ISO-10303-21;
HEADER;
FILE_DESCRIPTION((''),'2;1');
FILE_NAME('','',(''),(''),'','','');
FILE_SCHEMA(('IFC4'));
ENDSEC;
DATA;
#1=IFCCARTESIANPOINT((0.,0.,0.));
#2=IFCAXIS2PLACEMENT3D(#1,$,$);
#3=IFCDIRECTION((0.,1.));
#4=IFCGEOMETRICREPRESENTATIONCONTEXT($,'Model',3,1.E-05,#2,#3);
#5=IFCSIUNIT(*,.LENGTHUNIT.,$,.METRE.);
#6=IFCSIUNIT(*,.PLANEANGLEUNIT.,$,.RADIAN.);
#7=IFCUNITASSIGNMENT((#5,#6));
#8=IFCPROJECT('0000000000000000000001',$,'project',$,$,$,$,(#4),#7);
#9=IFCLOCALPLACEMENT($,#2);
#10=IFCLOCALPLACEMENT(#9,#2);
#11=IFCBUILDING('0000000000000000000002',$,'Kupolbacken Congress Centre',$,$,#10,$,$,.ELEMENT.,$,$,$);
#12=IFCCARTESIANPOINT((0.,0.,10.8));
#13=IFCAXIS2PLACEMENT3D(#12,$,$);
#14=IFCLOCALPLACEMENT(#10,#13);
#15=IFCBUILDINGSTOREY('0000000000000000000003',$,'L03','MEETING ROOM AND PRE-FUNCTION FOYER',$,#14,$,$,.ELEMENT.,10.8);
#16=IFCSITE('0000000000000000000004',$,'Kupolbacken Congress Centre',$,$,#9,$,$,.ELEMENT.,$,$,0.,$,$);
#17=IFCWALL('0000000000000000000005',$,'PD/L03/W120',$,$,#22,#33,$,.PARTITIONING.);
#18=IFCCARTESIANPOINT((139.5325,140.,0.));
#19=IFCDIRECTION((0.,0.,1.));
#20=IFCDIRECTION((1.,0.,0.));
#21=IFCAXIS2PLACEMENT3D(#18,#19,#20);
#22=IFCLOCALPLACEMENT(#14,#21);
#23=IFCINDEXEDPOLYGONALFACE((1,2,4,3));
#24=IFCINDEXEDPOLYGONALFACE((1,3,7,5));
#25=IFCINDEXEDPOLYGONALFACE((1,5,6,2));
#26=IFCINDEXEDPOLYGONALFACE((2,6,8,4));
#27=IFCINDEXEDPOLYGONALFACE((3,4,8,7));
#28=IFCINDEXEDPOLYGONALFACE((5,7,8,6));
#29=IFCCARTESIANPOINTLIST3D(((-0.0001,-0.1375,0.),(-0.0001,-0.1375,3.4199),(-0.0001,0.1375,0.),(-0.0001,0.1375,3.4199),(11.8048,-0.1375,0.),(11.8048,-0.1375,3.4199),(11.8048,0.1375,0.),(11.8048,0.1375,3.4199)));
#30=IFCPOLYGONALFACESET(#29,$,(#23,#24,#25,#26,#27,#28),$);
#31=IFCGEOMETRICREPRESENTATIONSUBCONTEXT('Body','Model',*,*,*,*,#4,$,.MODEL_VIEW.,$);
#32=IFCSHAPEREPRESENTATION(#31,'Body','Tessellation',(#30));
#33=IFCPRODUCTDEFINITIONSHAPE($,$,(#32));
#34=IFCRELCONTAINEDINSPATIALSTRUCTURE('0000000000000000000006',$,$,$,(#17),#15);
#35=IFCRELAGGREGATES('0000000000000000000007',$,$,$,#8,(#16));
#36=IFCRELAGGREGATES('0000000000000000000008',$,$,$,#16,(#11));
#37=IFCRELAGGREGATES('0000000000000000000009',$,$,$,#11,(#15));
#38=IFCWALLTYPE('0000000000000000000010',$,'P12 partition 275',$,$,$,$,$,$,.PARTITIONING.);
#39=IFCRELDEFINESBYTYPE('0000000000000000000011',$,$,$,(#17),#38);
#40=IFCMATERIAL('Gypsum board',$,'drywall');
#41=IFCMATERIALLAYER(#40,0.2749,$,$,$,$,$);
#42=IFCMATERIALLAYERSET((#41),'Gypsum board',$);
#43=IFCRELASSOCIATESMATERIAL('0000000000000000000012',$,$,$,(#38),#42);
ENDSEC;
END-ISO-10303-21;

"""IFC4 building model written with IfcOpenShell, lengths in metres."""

from ifc_helpers import new_model, si_unit, direction, frame, frame_2d, origin, place, context, subcontext, project, spatial, rectangle, extrude, material, layer, layer_set, type_object, element, save


model = new_model("IFC4")

# Units and contexts
model_context = context("Model", 3, precision=1e-05, world=origin(), true_north=direction((0.0, 1.0)))
body_context = subcontext(model_context, "Body", "Model", "MODEL_VIEW")
ifc_project = project(units=[si_unit("LENGTHUNIT", "METRE"), si_unit("PLANEANGLEUNIT", "RADIAN")], contexts=[model_context])

# Site, building, storey
site_placement = place(None, origin())
site = spatial("IfcSite", under=ifc_project, at=site_placement, Name="Kupolbacken Congress Centre", CompositionType="ELEMENT", RefElevation=0.0)
building_placement = place(site_placement, origin())
building = spatial("IfcBuilding", under=site, at=building_placement, Name="Kupolbacken Congress Centre", CompositionType="ELEMENT")
storey_placement = place(building_placement, frame((0.0, 0.0, 10.8)))
storey = spatial("IfcBuildingStorey", under=building, at=storey_placement, Name="L03", Description="MEETING ROOM AND PRE-FUNCTION FOYER", CompositionType="ELEMENT", Elevation=10.8)

# Wall
ifc_material_1 = material(Name="Gypsum board", Category="drywall")
ifc_layer_1 = layer(ifc_material_1, 0.2749)
ifc_layer_set_1 = layer_set([ifc_layer_1], Name="Gypsum board")
wall_type_1 = type_object("IfcWallType", Name="P12 partition 275", PredefinedType="PARTITIONING", material=ifc_layer_set_1)
wall_1_placement = place(storey_placement, frame((139.5325, 140.0, 0.0), z_axis=(0.0, 0.0, 1.0), x_axis=(1.0, 0.0, 0.0)))
element("IfcWall", 1, at=wall_1_placement, inside=storey, type_object=wall_type_1, Name="PD/L03/W120", PredefinedType="PARTITIONING", context=body_context, shape_type="SweptSolid", body=[
    extrude(rectangle(XDim=11.8049, YDim=0.2749, at=frame_2d((5.9023, 0.0))), origin(), (0.0, 0.0, 1.0), 3.4199),
])

save(model, "model.ifc")
